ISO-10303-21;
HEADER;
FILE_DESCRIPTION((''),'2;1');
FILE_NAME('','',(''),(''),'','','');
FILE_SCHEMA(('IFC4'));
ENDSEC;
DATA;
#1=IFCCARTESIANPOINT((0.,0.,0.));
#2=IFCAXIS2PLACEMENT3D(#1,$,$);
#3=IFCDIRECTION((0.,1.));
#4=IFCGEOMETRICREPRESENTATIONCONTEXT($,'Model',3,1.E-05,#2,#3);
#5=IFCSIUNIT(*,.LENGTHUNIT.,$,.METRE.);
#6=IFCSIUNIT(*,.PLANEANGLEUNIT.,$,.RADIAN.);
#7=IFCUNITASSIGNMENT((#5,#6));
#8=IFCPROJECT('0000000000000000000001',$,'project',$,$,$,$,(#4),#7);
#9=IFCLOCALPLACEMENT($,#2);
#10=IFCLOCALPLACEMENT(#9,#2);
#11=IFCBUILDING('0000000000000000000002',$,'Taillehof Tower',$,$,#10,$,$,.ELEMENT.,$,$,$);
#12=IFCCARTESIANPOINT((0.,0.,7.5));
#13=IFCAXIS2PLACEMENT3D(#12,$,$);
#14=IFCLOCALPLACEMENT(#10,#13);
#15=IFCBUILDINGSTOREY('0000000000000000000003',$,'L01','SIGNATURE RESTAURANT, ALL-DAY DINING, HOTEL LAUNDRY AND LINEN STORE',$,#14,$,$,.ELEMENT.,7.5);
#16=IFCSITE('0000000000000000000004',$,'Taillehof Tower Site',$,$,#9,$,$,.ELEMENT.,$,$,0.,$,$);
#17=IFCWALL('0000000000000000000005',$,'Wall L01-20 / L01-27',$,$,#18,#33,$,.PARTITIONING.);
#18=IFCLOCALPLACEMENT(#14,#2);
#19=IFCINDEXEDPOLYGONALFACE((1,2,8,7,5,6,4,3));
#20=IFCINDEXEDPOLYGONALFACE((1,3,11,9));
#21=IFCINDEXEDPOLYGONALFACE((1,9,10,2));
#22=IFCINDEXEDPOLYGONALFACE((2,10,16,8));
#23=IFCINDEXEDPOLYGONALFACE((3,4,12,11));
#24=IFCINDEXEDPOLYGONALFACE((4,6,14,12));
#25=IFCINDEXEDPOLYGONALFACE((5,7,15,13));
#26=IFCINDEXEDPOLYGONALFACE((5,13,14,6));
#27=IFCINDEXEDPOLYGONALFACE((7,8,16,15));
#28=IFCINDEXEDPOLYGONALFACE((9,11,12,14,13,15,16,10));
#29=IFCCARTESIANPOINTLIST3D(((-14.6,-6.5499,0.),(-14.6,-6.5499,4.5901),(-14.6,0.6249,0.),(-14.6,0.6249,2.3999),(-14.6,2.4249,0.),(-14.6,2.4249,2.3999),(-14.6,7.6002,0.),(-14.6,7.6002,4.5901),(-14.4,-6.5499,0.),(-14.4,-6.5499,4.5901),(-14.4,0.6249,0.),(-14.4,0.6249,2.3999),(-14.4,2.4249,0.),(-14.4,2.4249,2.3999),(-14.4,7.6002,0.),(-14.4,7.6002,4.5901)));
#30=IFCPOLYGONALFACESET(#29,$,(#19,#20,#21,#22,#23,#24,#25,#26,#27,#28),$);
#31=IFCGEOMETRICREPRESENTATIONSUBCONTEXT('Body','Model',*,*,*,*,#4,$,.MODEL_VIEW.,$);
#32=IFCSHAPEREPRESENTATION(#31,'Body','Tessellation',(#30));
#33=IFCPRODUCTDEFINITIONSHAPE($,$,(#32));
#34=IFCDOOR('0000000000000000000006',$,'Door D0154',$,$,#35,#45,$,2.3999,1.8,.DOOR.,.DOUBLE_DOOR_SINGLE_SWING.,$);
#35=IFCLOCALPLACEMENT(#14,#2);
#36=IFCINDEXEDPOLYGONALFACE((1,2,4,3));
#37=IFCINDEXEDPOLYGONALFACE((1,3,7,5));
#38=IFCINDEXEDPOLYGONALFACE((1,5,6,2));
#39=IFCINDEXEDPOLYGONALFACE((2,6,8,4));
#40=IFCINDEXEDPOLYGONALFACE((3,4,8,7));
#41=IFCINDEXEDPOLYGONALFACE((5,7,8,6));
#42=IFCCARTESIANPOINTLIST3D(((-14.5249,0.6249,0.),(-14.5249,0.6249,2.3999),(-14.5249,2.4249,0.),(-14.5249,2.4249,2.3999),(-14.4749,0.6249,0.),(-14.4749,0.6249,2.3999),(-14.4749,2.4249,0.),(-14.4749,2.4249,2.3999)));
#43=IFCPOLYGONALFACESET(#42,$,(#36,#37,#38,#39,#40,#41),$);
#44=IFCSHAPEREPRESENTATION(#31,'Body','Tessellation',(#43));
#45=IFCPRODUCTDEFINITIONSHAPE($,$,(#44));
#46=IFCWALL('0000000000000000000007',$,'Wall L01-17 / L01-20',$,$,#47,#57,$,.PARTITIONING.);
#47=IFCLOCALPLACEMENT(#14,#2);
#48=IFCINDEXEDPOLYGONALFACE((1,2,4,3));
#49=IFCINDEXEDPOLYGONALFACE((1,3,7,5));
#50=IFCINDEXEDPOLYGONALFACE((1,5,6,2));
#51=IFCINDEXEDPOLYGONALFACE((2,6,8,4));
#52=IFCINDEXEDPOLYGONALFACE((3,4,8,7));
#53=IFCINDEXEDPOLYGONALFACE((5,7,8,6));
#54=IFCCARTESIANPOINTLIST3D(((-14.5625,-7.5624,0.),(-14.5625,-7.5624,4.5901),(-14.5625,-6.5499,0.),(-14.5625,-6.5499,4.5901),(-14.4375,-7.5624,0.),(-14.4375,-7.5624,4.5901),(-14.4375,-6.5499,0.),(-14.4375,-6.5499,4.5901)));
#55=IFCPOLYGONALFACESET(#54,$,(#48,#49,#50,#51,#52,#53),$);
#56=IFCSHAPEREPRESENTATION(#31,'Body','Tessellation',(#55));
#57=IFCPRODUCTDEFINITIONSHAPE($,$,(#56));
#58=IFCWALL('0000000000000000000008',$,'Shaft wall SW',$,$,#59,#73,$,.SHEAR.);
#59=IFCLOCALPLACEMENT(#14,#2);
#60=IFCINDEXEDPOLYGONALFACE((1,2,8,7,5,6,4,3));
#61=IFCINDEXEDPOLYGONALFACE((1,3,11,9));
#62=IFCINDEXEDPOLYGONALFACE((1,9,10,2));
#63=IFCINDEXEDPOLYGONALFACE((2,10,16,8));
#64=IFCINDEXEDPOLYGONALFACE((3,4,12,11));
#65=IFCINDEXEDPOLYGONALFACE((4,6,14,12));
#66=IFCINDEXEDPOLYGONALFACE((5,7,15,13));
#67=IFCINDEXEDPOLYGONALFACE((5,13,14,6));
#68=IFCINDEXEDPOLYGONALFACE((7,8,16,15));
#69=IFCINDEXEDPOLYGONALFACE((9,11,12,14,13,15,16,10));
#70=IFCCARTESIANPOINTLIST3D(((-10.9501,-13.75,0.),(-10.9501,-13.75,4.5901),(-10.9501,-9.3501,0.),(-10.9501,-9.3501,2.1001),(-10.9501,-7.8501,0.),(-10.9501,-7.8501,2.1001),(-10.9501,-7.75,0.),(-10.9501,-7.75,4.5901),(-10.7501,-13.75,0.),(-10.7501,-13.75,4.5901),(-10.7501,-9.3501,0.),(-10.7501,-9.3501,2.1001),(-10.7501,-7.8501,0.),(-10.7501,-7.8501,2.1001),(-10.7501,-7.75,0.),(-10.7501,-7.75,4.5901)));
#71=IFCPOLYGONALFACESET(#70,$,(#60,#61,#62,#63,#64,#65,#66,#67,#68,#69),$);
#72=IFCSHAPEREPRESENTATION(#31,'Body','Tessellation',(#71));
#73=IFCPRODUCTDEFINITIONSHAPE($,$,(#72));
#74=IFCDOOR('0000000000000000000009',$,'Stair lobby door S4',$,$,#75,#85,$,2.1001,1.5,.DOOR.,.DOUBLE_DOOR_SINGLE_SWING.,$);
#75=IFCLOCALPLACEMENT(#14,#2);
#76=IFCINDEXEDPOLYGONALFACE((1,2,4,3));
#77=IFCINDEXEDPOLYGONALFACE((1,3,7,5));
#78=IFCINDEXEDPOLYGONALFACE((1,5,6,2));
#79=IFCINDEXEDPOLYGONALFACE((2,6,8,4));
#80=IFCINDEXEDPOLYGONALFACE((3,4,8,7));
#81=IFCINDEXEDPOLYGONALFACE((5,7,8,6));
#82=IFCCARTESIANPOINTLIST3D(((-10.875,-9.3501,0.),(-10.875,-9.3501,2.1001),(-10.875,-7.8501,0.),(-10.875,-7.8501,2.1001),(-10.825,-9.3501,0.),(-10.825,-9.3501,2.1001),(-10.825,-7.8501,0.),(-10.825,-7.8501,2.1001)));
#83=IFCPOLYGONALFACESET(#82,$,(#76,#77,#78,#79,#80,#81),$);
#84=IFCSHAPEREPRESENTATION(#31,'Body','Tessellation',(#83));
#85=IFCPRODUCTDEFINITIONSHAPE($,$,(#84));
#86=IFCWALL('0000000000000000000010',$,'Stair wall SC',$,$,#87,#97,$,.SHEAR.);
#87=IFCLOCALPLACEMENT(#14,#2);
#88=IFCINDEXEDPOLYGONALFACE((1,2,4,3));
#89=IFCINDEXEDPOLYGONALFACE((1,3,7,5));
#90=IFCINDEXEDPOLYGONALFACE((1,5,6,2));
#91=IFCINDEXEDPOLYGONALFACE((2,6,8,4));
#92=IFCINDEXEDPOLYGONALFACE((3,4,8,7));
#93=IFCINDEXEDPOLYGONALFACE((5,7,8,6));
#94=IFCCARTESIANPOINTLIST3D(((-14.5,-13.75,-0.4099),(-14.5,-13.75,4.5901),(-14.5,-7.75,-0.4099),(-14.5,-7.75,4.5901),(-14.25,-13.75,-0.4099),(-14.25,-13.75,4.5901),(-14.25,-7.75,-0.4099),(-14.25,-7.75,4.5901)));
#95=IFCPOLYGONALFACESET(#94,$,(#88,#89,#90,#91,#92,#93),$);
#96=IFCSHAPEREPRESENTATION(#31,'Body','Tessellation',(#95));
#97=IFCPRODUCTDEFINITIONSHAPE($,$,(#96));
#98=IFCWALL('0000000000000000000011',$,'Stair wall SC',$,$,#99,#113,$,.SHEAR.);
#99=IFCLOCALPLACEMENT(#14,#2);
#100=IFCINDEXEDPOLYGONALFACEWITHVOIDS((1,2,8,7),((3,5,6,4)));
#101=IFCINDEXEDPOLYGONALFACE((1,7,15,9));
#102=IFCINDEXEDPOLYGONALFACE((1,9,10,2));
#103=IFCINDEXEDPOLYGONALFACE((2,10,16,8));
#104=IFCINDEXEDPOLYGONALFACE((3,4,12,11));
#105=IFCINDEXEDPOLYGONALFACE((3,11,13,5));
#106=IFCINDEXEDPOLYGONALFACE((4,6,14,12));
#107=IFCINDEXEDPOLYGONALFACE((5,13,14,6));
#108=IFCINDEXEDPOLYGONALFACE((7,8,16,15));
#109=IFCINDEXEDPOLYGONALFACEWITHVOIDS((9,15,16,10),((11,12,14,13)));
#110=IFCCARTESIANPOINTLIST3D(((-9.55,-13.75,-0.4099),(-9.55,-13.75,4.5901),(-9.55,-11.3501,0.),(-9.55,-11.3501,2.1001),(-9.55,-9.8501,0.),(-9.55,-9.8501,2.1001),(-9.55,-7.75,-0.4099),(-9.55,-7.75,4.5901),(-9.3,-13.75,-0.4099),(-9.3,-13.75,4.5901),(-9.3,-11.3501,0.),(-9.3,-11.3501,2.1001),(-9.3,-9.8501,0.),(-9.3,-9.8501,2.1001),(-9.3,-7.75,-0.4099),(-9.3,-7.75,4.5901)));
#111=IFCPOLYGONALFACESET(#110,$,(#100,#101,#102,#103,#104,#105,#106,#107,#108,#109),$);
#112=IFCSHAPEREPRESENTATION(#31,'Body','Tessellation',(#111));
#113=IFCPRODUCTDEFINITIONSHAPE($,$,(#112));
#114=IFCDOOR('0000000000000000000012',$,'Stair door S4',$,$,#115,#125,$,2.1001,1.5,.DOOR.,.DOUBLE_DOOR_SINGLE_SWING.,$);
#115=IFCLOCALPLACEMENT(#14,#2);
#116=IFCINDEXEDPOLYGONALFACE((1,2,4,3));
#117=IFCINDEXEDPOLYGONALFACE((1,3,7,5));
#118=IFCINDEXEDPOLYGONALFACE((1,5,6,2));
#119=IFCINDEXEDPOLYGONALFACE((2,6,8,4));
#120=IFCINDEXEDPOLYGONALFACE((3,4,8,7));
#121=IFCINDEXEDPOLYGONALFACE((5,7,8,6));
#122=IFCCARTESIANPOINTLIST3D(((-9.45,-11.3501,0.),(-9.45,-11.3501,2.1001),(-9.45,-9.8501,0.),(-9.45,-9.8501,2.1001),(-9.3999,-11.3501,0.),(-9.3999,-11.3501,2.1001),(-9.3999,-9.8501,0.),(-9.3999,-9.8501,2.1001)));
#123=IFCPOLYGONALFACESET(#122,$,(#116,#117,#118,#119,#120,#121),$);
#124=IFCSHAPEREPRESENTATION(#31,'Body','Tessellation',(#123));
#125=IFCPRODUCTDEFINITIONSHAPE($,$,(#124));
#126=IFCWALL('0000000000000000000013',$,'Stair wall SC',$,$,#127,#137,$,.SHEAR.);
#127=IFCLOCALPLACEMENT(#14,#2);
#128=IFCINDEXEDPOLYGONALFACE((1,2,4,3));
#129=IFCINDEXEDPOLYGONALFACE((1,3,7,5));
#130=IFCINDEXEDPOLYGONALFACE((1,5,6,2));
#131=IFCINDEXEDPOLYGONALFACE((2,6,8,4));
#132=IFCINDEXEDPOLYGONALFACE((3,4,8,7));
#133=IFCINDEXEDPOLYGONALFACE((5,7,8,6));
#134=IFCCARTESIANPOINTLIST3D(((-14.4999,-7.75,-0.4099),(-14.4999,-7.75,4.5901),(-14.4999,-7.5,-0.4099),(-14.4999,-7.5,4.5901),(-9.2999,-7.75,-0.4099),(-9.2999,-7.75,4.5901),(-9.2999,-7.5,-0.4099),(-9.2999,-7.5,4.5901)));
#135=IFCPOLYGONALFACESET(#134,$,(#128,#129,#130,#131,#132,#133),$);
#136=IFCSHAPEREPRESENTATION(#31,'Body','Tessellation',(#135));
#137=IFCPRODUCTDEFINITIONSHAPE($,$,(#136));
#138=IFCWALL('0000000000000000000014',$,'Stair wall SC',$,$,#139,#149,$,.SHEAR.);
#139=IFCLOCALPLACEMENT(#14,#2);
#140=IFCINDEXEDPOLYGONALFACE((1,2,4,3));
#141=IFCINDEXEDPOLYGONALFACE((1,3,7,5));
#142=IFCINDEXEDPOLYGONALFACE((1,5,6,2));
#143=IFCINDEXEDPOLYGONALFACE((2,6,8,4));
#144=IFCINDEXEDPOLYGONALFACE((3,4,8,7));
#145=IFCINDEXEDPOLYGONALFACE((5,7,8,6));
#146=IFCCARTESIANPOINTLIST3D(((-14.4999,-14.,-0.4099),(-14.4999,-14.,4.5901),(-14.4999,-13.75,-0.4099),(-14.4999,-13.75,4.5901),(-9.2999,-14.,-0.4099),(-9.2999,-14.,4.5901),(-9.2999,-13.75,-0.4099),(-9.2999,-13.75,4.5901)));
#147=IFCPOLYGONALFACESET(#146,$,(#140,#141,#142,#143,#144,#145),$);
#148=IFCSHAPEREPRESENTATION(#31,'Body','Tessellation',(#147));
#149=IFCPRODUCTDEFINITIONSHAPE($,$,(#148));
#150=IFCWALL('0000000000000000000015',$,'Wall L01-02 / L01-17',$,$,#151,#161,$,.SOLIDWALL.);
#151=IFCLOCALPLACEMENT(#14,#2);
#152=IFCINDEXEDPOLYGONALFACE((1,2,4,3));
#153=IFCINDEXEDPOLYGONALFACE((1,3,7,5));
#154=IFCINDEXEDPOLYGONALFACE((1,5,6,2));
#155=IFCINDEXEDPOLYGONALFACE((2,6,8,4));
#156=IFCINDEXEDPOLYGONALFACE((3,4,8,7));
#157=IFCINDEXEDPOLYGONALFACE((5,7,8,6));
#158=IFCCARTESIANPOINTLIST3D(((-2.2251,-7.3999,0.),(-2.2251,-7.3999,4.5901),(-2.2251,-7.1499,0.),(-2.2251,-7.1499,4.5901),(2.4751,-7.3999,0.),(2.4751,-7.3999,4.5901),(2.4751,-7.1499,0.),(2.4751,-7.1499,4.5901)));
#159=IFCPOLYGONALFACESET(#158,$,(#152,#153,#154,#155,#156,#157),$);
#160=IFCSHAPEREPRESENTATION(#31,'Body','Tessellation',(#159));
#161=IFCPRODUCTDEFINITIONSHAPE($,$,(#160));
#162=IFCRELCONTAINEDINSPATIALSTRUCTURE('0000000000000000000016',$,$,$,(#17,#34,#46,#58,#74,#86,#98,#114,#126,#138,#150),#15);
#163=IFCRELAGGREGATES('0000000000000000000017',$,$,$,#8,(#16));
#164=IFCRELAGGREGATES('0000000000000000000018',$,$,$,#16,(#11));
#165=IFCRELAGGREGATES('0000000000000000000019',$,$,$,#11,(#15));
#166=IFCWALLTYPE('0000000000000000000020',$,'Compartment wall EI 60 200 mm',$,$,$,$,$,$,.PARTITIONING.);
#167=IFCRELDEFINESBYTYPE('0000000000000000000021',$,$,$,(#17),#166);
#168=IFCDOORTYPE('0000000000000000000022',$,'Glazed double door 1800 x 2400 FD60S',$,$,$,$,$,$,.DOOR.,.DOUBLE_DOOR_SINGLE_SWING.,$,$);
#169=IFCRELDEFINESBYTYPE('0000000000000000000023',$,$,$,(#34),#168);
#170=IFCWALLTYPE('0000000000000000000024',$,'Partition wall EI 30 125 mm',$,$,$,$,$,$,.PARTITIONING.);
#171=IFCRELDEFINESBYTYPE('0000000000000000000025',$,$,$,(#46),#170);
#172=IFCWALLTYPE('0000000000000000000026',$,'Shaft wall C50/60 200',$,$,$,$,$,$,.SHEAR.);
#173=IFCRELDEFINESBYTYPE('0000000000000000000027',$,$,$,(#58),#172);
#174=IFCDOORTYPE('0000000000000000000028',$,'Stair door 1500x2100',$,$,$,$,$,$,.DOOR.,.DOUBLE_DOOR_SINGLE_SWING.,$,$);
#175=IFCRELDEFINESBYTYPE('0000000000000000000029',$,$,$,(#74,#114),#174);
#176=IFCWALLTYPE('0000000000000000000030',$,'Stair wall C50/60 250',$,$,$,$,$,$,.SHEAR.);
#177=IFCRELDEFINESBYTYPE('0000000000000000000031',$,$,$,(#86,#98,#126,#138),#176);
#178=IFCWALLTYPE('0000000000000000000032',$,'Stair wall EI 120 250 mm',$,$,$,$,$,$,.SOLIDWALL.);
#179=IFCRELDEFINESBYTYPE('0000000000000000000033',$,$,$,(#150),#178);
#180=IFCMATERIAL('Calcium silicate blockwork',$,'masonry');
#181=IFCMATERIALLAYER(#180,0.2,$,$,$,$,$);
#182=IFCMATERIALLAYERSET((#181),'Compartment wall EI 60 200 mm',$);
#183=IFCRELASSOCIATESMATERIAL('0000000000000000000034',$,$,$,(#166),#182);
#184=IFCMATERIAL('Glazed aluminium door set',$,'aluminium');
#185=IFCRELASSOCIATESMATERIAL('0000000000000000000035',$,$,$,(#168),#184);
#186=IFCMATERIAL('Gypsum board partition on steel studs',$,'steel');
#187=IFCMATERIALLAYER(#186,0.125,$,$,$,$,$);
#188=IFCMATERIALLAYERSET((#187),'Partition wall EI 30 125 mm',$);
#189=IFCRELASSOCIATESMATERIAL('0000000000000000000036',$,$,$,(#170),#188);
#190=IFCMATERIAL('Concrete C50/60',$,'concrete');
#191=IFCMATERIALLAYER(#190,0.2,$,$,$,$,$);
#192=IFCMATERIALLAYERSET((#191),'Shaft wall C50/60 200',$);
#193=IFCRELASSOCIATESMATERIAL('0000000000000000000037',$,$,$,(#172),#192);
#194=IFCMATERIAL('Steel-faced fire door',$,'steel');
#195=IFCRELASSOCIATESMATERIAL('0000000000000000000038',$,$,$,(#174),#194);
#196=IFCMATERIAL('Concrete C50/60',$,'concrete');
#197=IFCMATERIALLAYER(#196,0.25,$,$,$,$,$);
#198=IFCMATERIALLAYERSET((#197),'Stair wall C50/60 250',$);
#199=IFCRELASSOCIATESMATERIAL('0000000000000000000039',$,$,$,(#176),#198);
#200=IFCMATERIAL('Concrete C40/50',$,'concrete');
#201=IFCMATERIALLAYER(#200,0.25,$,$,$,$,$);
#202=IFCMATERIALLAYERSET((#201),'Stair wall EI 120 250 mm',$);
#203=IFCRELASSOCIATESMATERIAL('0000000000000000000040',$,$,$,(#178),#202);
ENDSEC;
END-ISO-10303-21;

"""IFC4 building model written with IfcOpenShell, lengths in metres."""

from ifc_helpers import new_model, si_unit, direction, frame, frame_2d, origin, place, context, subcontext, project, spatial, rectangle, extrude, material, layer, layer_set, type_object, element, fill, save


model = new_model("IFC4")

# Units and contexts
model_context = context("Model", 3, precision=1e-05, world=origin(), true_north=direction((0.0, 1.0)))
body_context = subcontext(model_context, "Body", "Model", "MODEL_VIEW")
ifc_project = project(units=[si_unit("LENGTHUNIT", "METRE"), si_unit("PLANEANGLEUNIT", "RADIAN")], contexts=[model_context])

# Site, building, storey
site_placement = place(None, origin())
site = spatial("IfcSite", under=ifc_project, at=site_placement, Name="Taillehof Tower Site", CompositionType="ELEMENT", RefElevation=0.0)
building_placement = place(site_placement, origin())
building = spatial("IfcBuilding", under=site, at=building_placement, Name="Taillehof Tower", CompositionType="ELEMENT")
storey_placement = place(building_placement, frame((0.0, 0.0, 7.5)))
storey = spatial("IfcBuildingStorey", under=building, at=storey_placement, Name="L01", Description="SIGNATURE RESTAURANT, ALL-DAY DINING, HOTEL LAUNDRY AND LINEN STORE", CompositionType="ELEMENT", Elevation=7.5)

# Wall, opening, door
ifc_material_1 = material(Name="Calcium silicate blockwork", Category="masonry")
ifc_layer_1 = layer(ifc_material_1, 0.2)
ifc_layer_set_1 = layer_set([ifc_layer_1], Name="Compartment wall EI 60 200 mm")
wall_type_1 = type_object("IfcWallType", Name="Compartment wall EI 60 200 mm", PredefinedType="PARTITIONING", material=ifc_layer_set_1)
wall_1_placement = place(storey_placement, frame((-14.5, -6.55, 0.0), z_axis=(0.0, 0.0, 1.0), x_axis=(0.0, 1.0, 0.0)))
wall_1 = element("IfcWall", 1, at=wall_1_placement, inside=storey, type_object=wall_type_1, Name="Wall L01-20 / L01-27", PredefinedType="PARTITIONING", context=body_context, shape_type="SweptSolid", body=[
    extrude(rectangle(XDim=14.1501, YDim=0.2, at=frame_2d((7.0752, 0.0))), origin(), (0.0, 0.0, 1.0), 4.5901),
])
opening_1_placement = place(wall_1_placement, frame((7.175, 0.0, 0.0)))
opening_1 = element("IfcOpeningElement", 2, at=opening_1_placement, cuts=wall_1, PredefinedType="OPENING", context=body_context, shape_type="SweptSolid", body=[
    extrude(rectangle(XDim=1.8, YDim=2.3999, at=frame_2d((0.8999, 1.2))), frame((0.0, 0.1099, 0.0), z_axis=(0.0, -1.0, 0.0), x_axis=(1.0, 0.0, 0.0)), (0.0, 0.0, 1.0), 0.22),
])
ifc_material_2 = material(Name="Glazed aluminium door set", Category="aluminium")
door_type_1 = type_object("IfcDoorType", Name="Glazed double door 1800 x 2400 FD60S", OperationType="DOUBLE_DOOR_SINGLE_SWING", PredefinedType="DOOR", material=ifc_material_2)
door_1_placement = place(opening_1_placement, origin())
door_1 = element("IfcDoor", 3, at=door_1_placement, inside=storey, type_object=door_type_1, Name="Door D0154", OperationType="DOUBLE_DOOR_SINGLE_SWING", OverallHeight=2.3999, OverallWidth=1.8, PredefinedType="DOOR", context=body_context, shape_type="SweptSolid", body=[
    extrude(rectangle(XDim=1.8, YDim=2.3999, at=frame_2d((0.8999, 1.2))), frame((0.0, 0.0249, 0.0), z_axis=(0.0, -1.0, 0.0), x_axis=(1.0, 0.0, 0.0)), (0.0, 0.0, 1.0), 0.05),
])
fill(opening_1, door_1)

# Wall
ifc_material_3 = material(Name="Gypsum board partition on steel studs", Category="steel")
ifc_layer_2 = layer(ifc_material_3, 0.125)
ifc_layer_set_2 = layer_set([ifc_layer_2], Name="Partition wall EI 30 125 mm")
wall_type_2 = type_object("IfcWallType", Name="Partition wall EI 30 125 mm", PredefinedType="PARTITIONING", material=ifc_layer_set_2)
wall_2_placement = place(storey_placement, frame((-14.5, -7.5625, 0.0), z_axis=(0.0, 0.0, 1.0), x_axis=(0.0, 1.0, 0.0)))
element("IfcWall", 4, at=wall_2_placement, inside=storey, type_object=wall_type_2, Name="Wall L01-17 / L01-20", PredefinedType="PARTITIONING", context=body_context, shape_type="SweptSolid", body=[
    extrude(rectangle(XDim=1.0125, YDim=0.125, at=frame_2d((0.5063, 0.0))), origin(), (0.0, 0.0, 1.0), 4.5901),
])

# Wall, opening, door
ifc_material_4 = material(Name="Concrete C50/60", Category="concrete")
ifc_layer_3 = layer(ifc_material_4, 0.2)
ifc_layer_set_3 = layer_set([ifc_layer_3], Name="Shaft wall C50/60 200")
wall_type_3 = type_object("IfcWallType", Name="Shaft wall C50/60 200", PredefinedType="SHEAR", material=ifc_layer_set_3)
wall_3_placement = place(storey_placement, frame((-10.8501, -13.75, 0.0), z_axis=(0.0, 0.0, 1.0), x_axis=(0.0, 1.0, 0.0)))
wall_3 = element("IfcWall", 5, at=wall_3_placement, inside=storey, type_object=wall_type_3, Name="Shaft wall SW", PredefinedType="SHEAR", context=body_context, shape_type="SweptSolid", body=[
    extrude(rectangle(XDim=6.0, YDim=0.2, at=frame_2d((3.0, 0.0))), origin(), (0.0, 0.0, 1.0), 4.5901),
])
opening_2_placement = place(wall_3_placement, frame((4.3999, 0.0, 0.0)))
opening_2 = element("IfcOpeningElement", 6, at=opening_2_placement, cuts=wall_3, PredefinedType="OPENING", context=body_context, shape_type="SweptSolid", body=[
    extrude(rectangle(XDim=1.5, YDim=2.1001, at=frame_2d((0.75, 1.05))), frame((0.0, 0.1099, 0.0), z_axis=(0.0, -1.0, 0.0), x_axis=(1.0, 0.0, 0.0)), (0.0, 0.0, 1.0), 0.22),
])
ifc_material_5 = material(Name="Steel-faced fire door", Category="steel")
door_type_2 = type_object("IfcDoorType", Name="Stair door 1500x2100", OperationType="DOUBLE_DOOR_SINGLE_SWING", PredefinedType="DOOR", material=ifc_material_5)
door_2_placement = place(opening_2_placement, origin())
door_2 = element("IfcDoor", 7, at=door_2_placement, inside=storey, type_object=door_type_2, Name="Stair lobby door S4", OperationType="DOUBLE_DOOR_SINGLE_SWING", OverallHeight=2.1001, OverallWidth=1.5, PredefinedType="DOOR", context=body_context, shape_type="SweptSolid", body=[
    extrude(rectangle(XDim=1.5, YDim=2.1001, at=frame_2d((0.75, 1.05))), frame((0.0, 0.0249, 0.0), z_axis=(0.0, -1.0, 0.0), x_axis=(1.0, 0.0, 0.0)), (0.0, 0.0, 1.0), 0.05),
])
fill(opening_2, door_2)

# Wall
ifc_material_6 = material(Name="Concrete C50/60", Category="concrete")
ifc_layer_4 = layer(ifc_material_6, 0.25)
ifc_layer_set_4 = layer_set([ifc_layer_4], Name="Stair wall C50/60 250")
wall_type_4 = type_object("IfcWallType", Name="Stair wall C50/60 250", PredefinedType="SHEAR", material=ifc_layer_set_4)
wall_4_placement = place(storey_placement, frame((-14.375, -13.75, -0.4099), z_axis=(0.0, 0.0, 1.0), x_axis=(0.0, 1.0, 0.0)))
element("IfcWall", 8, at=wall_4_placement, inside=storey, type_object=wall_type_4, Name="Stair wall SC", PredefinedType="SHEAR", context=body_context, shape_type="SweptSolid", body=[
    extrude(rectangle(XDim=6.0, YDim=0.25, at=frame_2d((3.0, 0.0))), origin(), (0.0, 0.0, 1.0), 5.0),
])

# Wall, opening, door
wall_5_placement = place(storey_placement, frame((-9.425, -13.75, -0.4099), z_axis=(0.0, 0.0, 1.0), x_axis=(0.0, 1.0, 0.0)))
wall_5 = element("IfcWall", 9, at=wall_5_placement, inside=storey, type_object=wall_type_4, Name="Stair wall SC", PredefinedType="SHEAR", context=body_context, shape_type="SweptSolid", body=[
    extrude(rectangle(XDim=6.0, YDim=0.25, at=frame_2d((3.0, 0.0))), origin(), (0.0, 0.0, 1.0), 5.0),
])
opening_3_placement = place(wall_5_placement, frame((2.3999, 0.0, 0.4099)))
opening_3 = element("IfcOpeningElement", 10, at=opening_3_placement, cuts=wall_5, PredefinedType="OPENING", context=body_context, shape_type="SweptSolid", body=[
    extrude(rectangle(XDim=1.5, YDim=2.1001, at=frame_2d((0.75, 1.05))), frame((0.0, 0.135, 0.0), z_axis=(0.0, -1.0, 0.0), x_axis=(1.0, 0.0, 0.0)), (0.0, 0.0, 1.0), 0.27),
])
door_3_placement = place(opening_3_placement, origin())
door_3 = element("IfcDoor", 11, at=door_3_placement, inside=storey, type_object=door_type_2, Name="Stair door S4", OperationType="DOUBLE_DOOR_SINGLE_SWING", OverallHeight=2.1001, OverallWidth=1.5, PredefinedType="DOOR", context=body_context, shape_type="SweptSolid", body=[
    extrude(rectangle(XDim=1.5, YDim=2.1001, at=frame_2d((0.75, 1.05))), frame((0.0, 0.0249, 0.0), z_axis=(0.0, -1.0, 0.0), x_axis=(1.0, 0.0, 0.0)), (0.0, 0.0, 1.0), 0.05),
])
fill(opening_3, door_3)

# Walls
for number, where, z_axis, x_axis, name in (
    (12, (-14.5, -7.625, -0.4099), (0.0, 0.0, 1.0), (1.0, 0.0, 0.0), "Stair wall SC"),
    (13, (-14.5, -13.875, -0.4099), (0.0, 0.0, 1.0), (1.0, 0.0, 0.0), "Stair wall SC"),
):
    element("IfcWall", number, at=place(storey_placement, frame(where, z_axis=z_axis, x_axis=x_axis)), inside=storey, type_object=wall_type_4, Name=name, PredefinedType="SHEAR", context=body_context, shape_type="SweptSolid", body=[
        extrude(rectangle(XDim=5.2, YDim=0.25, at=frame_2d((2.6001, 0.0))), origin(), (0.0, 0.0, 1.0), 5.0),
    ])
ifc_material_7 = material(Name="Concrete C40/50", Category="concrete")
ifc_layer_5 = layer(ifc_material_7, 0.25)
ifc_layer_set_5 = layer_set([ifc_layer_5], Name="Stair wall EI 120 250 mm")
wall_type_5 = type_object("IfcWallType", Name="Stair wall EI 120 250 mm", PredefinedType="SOLIDWALL", material=ifc_layer_set_5)
wall_6_placement = place(storey_placement, frame((-2.2251, -7.2749, 0.0), z_axis=(0.0, 0.0, 1.0), x_axis=(1.0, 0.0, 0.0)))
element("IfcWall", 14, at=wall_6_placement, inside=storey, type_object=wall_type_5, Name="Wall L01-02 / L01-17", PredefinedType="SOLIDWALL", context=body_context, shape_type="SweptSolid", body=[
    extrude(rectangle(XDim=4.7002, YDim=0.25, at=frame_2d((2.3501, 0.0))), origin(), (0.0, 0.0, 1.0), 4.5901),
])

save(model, "model.ifc")
